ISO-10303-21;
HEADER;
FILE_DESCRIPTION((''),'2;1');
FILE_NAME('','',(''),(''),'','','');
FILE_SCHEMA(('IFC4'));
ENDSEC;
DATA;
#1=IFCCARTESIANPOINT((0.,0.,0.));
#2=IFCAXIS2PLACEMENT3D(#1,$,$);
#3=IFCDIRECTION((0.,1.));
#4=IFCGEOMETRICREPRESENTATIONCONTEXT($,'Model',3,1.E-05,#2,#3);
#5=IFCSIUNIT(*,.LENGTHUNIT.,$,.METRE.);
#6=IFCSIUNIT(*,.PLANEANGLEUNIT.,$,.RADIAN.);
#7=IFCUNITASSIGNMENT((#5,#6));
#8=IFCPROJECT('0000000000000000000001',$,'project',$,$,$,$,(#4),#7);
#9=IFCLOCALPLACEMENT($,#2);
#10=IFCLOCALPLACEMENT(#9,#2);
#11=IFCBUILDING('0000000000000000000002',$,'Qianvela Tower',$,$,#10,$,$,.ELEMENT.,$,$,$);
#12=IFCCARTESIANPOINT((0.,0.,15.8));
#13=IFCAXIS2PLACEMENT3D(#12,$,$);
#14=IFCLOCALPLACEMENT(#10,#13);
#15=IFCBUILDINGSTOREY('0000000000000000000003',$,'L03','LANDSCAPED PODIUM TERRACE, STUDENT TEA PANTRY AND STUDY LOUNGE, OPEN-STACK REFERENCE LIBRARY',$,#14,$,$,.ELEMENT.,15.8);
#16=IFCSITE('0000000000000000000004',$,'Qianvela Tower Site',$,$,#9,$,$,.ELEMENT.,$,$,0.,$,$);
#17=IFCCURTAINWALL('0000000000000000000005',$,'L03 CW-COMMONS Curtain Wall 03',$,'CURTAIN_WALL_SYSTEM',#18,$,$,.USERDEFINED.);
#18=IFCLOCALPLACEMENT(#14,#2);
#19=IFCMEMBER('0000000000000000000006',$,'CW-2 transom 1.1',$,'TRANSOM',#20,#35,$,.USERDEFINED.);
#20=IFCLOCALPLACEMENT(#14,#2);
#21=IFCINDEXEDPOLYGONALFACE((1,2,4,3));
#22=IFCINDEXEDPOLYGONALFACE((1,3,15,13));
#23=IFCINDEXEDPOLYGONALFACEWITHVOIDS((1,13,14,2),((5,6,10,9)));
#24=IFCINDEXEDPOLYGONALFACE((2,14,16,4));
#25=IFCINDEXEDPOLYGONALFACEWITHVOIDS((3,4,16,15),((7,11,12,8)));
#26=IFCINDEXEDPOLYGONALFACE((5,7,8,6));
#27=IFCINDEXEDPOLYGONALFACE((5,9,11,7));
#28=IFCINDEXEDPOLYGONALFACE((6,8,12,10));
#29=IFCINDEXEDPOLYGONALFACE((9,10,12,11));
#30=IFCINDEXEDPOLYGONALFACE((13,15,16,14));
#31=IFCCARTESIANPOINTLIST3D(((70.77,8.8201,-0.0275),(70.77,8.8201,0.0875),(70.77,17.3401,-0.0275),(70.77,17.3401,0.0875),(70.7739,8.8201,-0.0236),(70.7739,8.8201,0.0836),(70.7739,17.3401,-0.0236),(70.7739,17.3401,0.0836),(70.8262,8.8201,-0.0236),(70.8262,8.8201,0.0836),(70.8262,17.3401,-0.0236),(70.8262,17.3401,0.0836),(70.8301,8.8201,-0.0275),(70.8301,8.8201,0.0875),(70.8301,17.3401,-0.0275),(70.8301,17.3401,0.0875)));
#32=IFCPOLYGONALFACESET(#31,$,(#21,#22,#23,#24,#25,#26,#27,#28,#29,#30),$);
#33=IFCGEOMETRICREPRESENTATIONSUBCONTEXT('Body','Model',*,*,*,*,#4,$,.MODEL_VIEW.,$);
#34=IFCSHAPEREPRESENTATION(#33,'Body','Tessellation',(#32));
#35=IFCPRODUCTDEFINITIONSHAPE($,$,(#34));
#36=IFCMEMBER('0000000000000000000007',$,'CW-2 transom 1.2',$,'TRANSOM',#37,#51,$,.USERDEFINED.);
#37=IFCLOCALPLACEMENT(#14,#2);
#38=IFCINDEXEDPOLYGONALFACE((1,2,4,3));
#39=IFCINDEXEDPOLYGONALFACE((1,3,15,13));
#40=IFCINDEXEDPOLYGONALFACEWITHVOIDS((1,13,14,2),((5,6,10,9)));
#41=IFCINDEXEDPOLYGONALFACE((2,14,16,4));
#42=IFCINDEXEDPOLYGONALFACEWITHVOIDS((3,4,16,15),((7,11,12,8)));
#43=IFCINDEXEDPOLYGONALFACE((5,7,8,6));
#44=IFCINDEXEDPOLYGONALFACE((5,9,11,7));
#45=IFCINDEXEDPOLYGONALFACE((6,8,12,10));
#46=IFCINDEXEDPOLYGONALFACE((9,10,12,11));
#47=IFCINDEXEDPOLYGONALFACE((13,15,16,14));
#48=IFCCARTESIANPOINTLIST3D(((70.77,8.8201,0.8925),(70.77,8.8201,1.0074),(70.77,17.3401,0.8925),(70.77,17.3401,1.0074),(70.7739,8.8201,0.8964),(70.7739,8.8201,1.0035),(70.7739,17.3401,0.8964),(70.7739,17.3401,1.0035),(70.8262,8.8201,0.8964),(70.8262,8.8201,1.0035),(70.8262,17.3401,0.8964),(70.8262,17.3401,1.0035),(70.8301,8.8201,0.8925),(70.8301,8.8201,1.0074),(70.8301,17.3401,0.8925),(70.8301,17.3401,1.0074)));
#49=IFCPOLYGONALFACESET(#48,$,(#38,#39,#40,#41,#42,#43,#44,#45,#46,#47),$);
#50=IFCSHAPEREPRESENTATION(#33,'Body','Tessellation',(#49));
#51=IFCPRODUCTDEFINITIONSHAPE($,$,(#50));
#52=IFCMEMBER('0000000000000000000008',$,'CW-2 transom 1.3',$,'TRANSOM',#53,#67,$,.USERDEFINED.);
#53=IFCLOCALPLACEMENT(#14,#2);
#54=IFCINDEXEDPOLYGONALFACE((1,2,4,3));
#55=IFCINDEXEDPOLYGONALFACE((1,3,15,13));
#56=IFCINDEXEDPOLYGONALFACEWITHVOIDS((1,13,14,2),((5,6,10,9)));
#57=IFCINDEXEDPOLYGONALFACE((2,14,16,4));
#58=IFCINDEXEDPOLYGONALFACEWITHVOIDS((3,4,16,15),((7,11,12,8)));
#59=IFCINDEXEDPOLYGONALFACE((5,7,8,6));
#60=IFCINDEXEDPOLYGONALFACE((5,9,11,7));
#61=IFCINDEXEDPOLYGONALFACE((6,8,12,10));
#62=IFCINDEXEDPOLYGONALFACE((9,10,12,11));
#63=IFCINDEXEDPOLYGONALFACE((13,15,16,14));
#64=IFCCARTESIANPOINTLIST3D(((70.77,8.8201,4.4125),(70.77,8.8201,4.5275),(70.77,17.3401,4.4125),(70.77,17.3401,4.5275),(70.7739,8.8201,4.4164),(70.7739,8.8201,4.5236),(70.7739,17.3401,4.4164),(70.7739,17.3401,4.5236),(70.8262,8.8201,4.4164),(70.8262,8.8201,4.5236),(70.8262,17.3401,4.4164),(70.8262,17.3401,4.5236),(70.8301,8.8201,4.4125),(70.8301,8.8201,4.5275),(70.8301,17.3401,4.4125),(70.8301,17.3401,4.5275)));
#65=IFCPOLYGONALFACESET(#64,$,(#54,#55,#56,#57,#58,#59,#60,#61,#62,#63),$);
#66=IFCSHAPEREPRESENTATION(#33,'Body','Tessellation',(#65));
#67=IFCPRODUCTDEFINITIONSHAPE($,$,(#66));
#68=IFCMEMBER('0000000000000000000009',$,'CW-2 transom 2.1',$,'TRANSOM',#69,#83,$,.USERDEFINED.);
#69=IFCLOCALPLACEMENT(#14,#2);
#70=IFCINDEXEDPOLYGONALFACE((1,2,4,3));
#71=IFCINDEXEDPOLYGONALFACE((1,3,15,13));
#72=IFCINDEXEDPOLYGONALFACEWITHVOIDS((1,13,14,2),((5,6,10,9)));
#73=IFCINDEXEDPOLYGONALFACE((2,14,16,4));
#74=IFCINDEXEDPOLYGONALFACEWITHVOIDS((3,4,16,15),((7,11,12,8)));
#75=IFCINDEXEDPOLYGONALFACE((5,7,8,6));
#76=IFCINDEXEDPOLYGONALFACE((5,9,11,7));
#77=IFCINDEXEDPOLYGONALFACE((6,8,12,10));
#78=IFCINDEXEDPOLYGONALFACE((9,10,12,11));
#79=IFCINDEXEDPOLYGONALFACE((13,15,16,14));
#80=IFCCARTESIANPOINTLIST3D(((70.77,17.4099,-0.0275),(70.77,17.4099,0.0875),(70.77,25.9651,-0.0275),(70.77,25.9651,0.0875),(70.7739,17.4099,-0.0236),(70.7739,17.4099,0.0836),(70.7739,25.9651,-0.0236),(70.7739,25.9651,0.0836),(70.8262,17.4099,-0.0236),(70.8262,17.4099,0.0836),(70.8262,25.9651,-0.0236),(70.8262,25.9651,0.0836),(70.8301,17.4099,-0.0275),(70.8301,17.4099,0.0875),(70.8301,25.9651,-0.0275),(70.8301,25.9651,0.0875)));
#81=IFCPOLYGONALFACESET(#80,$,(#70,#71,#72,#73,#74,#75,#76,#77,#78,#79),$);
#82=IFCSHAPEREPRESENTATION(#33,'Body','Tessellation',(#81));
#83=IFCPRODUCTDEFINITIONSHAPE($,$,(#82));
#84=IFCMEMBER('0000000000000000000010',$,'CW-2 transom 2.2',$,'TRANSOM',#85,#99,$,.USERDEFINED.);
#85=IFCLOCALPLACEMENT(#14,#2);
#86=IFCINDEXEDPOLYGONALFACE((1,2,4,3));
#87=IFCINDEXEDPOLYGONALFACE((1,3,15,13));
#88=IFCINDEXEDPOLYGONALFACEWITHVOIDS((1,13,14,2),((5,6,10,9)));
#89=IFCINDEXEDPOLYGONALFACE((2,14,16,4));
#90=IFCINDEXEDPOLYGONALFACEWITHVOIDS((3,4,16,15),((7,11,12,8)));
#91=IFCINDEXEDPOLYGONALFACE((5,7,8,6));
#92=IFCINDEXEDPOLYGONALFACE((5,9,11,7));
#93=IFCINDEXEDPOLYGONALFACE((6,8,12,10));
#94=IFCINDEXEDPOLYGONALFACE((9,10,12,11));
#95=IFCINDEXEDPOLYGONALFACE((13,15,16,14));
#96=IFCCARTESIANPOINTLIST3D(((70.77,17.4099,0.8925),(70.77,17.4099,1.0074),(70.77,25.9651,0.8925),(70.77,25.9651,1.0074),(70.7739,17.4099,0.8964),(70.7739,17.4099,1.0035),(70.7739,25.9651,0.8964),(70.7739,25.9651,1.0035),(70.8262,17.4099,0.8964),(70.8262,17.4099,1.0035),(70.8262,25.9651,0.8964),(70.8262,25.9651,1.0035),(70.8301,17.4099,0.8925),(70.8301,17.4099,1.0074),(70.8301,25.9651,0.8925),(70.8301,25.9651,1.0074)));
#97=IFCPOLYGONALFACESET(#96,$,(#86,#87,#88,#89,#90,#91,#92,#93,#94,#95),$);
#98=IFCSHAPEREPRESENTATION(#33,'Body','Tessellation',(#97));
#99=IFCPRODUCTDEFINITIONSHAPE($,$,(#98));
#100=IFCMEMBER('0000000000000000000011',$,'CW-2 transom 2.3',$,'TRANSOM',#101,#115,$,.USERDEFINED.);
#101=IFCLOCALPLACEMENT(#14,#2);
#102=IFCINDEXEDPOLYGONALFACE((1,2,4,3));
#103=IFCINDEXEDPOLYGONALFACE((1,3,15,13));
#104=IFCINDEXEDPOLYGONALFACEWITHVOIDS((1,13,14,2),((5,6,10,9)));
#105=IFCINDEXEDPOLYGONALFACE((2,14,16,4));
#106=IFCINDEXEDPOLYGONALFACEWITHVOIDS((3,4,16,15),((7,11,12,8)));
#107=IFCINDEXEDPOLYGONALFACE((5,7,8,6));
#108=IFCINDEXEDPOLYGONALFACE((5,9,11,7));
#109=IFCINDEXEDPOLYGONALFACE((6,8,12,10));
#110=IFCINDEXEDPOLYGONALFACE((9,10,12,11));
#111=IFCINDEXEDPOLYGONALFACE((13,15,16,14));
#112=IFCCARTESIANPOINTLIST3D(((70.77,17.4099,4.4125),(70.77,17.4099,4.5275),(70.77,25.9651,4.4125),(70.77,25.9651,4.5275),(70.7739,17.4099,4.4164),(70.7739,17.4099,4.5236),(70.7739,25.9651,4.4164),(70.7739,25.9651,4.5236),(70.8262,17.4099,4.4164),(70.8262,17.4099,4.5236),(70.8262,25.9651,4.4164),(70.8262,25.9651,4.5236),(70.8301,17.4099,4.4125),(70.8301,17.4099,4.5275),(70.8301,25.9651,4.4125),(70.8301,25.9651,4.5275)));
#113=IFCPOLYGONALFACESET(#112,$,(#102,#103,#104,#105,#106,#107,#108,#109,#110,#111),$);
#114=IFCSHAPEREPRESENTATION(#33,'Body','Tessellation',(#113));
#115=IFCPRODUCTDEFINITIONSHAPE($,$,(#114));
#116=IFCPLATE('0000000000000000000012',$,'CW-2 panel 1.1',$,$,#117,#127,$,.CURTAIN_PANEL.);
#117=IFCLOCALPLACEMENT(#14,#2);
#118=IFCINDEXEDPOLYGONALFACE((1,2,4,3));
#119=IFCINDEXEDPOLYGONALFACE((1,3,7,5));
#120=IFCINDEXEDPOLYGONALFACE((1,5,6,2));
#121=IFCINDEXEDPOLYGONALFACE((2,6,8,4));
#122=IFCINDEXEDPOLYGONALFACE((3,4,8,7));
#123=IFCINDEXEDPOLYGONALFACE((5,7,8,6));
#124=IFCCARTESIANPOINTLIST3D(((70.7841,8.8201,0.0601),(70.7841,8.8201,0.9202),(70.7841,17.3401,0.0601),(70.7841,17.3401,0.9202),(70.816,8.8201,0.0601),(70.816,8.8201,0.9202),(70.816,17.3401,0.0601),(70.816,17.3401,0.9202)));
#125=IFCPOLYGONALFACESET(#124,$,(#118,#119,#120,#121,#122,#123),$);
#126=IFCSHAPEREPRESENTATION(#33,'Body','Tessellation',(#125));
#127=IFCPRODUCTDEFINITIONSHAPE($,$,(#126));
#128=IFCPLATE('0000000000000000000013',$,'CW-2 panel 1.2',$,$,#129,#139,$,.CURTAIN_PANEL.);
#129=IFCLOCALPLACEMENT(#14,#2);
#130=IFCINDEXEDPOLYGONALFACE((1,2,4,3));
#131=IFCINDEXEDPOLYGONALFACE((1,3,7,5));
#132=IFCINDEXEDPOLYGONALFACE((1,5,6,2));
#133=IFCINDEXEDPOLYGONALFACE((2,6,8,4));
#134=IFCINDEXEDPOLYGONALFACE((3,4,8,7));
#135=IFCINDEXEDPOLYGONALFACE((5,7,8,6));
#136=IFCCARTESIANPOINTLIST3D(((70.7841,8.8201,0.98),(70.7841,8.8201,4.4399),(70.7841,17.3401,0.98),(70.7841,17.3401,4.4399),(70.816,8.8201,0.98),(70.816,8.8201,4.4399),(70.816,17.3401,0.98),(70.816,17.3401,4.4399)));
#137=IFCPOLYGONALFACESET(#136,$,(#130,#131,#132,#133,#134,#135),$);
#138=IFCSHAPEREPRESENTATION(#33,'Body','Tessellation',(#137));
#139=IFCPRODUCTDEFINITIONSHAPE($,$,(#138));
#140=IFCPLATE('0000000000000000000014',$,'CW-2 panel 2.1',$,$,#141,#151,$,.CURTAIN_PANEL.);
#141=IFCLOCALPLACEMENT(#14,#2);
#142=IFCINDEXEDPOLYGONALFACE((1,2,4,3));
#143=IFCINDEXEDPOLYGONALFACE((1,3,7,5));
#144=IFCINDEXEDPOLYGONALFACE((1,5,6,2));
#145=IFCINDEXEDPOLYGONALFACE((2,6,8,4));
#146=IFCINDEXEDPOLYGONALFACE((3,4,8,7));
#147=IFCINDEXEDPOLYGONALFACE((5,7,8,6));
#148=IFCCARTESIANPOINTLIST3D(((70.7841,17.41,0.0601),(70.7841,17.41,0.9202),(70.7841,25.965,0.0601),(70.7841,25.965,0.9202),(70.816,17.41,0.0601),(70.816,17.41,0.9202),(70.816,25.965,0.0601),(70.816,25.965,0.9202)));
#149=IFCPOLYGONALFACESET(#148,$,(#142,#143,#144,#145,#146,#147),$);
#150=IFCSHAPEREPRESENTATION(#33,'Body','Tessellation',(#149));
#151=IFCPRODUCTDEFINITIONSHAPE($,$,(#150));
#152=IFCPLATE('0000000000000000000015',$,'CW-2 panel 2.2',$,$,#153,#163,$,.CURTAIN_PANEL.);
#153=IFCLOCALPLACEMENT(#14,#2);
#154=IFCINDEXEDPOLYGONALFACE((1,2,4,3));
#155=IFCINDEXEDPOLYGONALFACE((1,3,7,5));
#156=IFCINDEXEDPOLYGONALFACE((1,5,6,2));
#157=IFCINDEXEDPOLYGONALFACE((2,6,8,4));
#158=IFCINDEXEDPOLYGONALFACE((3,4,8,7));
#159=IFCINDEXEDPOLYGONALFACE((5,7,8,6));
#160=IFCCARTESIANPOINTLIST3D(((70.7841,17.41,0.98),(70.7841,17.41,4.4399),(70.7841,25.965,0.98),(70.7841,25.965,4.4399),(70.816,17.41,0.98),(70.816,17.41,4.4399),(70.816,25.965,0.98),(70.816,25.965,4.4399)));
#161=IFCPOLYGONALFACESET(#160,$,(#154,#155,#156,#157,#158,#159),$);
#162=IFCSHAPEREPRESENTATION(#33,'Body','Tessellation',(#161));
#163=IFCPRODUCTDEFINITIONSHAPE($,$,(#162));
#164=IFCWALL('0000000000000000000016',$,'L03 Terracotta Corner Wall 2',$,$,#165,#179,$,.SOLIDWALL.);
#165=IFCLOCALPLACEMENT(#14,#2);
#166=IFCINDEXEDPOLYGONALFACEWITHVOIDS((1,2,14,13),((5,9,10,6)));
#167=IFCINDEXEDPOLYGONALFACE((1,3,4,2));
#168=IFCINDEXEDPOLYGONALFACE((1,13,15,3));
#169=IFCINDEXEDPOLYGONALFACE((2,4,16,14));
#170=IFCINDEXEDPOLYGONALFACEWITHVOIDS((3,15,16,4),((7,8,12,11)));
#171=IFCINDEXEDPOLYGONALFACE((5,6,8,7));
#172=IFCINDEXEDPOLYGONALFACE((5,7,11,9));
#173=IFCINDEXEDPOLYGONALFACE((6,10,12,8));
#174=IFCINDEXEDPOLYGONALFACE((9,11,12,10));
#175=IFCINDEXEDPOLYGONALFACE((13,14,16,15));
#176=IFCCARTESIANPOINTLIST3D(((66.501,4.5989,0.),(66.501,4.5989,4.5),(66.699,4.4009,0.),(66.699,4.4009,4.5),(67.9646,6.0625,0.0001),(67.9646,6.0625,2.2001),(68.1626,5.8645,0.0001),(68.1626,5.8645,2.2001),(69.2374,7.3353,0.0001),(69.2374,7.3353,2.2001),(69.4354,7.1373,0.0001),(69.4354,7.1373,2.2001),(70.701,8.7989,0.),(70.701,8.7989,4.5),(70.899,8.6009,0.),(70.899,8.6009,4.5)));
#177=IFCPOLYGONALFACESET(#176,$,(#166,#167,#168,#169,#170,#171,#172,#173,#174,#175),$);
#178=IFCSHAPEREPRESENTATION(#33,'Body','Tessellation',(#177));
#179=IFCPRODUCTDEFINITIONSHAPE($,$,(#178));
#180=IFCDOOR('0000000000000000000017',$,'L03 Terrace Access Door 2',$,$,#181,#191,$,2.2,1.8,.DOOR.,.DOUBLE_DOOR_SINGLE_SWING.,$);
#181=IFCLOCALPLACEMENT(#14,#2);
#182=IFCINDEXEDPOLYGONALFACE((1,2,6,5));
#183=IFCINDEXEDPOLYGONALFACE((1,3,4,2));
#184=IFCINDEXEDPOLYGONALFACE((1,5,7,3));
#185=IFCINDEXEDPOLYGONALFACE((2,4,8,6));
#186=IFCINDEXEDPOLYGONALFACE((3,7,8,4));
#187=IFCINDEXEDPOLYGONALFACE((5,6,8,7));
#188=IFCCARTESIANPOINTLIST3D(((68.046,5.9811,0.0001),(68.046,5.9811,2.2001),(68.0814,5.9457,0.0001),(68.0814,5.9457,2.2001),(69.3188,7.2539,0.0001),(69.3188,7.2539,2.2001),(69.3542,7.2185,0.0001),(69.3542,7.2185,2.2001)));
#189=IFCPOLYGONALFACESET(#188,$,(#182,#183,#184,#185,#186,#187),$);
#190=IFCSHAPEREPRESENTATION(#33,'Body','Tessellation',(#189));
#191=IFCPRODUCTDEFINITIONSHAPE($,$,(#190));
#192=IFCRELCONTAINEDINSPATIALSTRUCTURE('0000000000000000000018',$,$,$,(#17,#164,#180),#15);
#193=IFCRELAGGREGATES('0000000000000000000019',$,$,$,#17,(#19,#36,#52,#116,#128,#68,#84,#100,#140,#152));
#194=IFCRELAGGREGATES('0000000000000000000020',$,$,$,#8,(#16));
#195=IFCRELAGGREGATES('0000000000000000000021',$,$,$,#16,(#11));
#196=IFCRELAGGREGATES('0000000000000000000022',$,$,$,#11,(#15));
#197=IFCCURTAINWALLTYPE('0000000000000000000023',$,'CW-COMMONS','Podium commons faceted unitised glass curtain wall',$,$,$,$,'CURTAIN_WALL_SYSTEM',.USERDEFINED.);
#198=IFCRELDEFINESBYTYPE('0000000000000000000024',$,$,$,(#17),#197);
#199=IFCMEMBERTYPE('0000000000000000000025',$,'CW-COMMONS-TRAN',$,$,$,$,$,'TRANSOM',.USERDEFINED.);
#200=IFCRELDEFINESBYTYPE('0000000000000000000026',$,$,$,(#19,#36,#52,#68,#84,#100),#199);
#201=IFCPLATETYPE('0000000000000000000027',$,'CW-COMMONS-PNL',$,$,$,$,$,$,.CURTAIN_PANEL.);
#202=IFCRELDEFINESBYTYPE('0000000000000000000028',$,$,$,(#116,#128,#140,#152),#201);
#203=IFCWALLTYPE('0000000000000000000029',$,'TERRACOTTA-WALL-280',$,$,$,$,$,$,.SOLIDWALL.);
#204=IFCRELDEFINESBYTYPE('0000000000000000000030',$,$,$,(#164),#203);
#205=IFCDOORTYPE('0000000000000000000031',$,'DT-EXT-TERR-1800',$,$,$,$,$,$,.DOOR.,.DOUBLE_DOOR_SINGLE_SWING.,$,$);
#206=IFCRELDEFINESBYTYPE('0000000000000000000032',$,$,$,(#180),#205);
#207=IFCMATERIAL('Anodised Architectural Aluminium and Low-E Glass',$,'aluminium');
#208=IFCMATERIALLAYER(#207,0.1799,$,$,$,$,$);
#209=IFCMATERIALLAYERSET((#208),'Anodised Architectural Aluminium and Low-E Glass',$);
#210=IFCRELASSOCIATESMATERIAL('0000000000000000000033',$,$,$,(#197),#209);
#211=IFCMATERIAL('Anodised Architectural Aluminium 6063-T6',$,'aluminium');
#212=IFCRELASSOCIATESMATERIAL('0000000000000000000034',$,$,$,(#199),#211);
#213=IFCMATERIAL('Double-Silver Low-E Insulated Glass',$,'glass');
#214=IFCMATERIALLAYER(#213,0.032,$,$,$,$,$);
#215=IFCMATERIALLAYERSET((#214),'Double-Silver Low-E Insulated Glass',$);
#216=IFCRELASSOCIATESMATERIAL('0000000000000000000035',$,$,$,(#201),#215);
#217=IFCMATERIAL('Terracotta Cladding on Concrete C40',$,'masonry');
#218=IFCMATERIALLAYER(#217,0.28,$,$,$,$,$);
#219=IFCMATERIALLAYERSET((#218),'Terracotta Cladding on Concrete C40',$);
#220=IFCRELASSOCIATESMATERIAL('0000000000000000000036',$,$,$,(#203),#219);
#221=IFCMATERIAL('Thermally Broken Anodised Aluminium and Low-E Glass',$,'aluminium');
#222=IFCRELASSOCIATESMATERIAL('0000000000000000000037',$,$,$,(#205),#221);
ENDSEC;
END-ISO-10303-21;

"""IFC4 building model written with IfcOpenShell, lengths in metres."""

from ifc_helpers import new_model, si_unit, direction, frame, frame_2d, origin, origin_2d, place, context, subcontext, project, spatial, rectangle, hollow_rectangle, extrude, material, layer, layer_set, material_profile, profile_set, type_object, element, fill, aggregate, save


model = new_model("IFC4")

# Units and contexts
model_context = context("Model", 3, precision=1e-05, world=origin(), true_north=direction((0.0, 1.0)))
body_context = subcontext(model_context, "Body", "Model", "MODEL_VIEW")
ifc_project = project(units=[si_unit("LENGTHUNIT", "METRE"), si_unit("PLANEANGLEUNIT", "RADIAN")], contexts=[model_context])

# Site, building, storey
site_placement = place(None, origin())
site = spatial("IfcSite", under=ifc_project, at=site_placement, Name="Qianvela Tower Site", CompositionType="ELEMENT", RefElevation=0.0)
building_placement = place(site_placement, origin())
building = spatial("IfcBuilding", under=site, at=building_placement, Name="Qianvela Tower", CompositionType="ELEMENT")
storey_placement = place(building_placement, frame((0.0, 0.0, 15.8)))
storey = spatial("IfcBuildingStorey", under=building, at=storey_placement, Name="L03", Description="LANDSCAPED PODIUM TERRACE, STUDENT TEA PANTRY AND STUDY LOUNGE, OPEN-STACK REFERENCE LIBRARY", CompositionType="ELEMENT", Elevation=15.8)

# Shared definitions
ifc_material_1 = material(Name="Anodised Architectural Aluminium and Low-E Glass", Category="aluminium")
ifc_layer_1 = layer(ifc_material_1, 0.1799)
ifc_layer_set_1 = layer_set([ifc_layer_1], Name="Anodised Architectural Aluminium and Low-E Glass")
curtain_wall_type = type_object("IfcCurtainWallType", Name="CW-COMMONS", Description="Podium commons faceted unitised glass curtain wall", ElementType="CURTAIN_WALL_SYSTEM", PredefinedType="USERDEFINED", material=ifc_layer_set_1)

# Curtain wall, members, plates
curtain_wall_1_placement = place(storey_placement, origin())
curtain_wall_1 = element("IfcCurtainWall", 1, at=curtain_wall_1_placement, inside=storey, type_object=curtain_wall_type, Name="L03 CW-COMMONS Curtain Wall 03", ObjectType="CURTAIN_WALL_SYSTEM", PredefinedType="USERDEFINED")
ifc_material_2 = material(Name="Anodised Architectural Aluminium 6063-T6", Category="aluminium")
ifc_material_profile_1 = material_profile(ifc_material_2, hollow_rectangle(XDim=0.0601, YDim=0.115, WallThickness=0.0039, at=origin_2d()), Name="ALU-TRAN-60x115")
ifc_profile_set_1 = profile_set([ifc_material_profile_1], Name="Anodised Architectural Aluminium 6063-T6")
member_type_1 = type_object("IfcMemberType", Name="CW-COMMONS-TRAN", ElementType="TRANSOM", PredefinedType="USERDEFINED", material=ifc_profile_set_1)
member_1_placement = place(storey_placement, frame((70.8, 8.8201, 0.03), z_axis=(0.0, 1.0, 0.0), x_axis=(-1.0, 0.0, 0.0)))
member_1 = element("IfcMember", 2, at=member_1_placement, type_object=member_type_1, Name="CW-2 transom 1.1", ObjectType="TRANSOM", PredefinedType="USERDEFINED", context=body_context, shape_type="SweptSolid", body=[
    extrude(hollow_rectangle(XDim=0.0601, YDim=0.115, WallThickness=0.0039, at=origin_2d()), origin(), (0.0, 0.0, 1.0), 8.52),
])
member_2_placement = place(storey_placement, frame((70.8, 8.8201, 0.95), z_axis=(0.0, 1.0, 0.0), x_axis=(-1.0, 0.0, 0.0)))
member_2 = element("IfcMember", 3, at=member_2_placement, type_object=member_type_1, Name="CW-2 transom 1.2", ObjectType="TRANSOM", PredefinedType="USERDEFINED", context=body_context, shape_type="SweptSolid", body=[
    extrude(hollow_rectangle(XDim=0.0601, YDim=0.115, WallThickness=0.0039, at=origin_2d()), origin(), (0.0, 0.0, 1.0), 8.52),
])
member_3_placement = place(storey_placement, frame((70.8, 8.8201, 4.47), z_axis=(0.0, 1.0, 0.0), x_axis=(-1.0, 0.0, 0.0)))
member_3 = element("IfcMember", 4, at=member_3_placement, type_object=member_type_1, Name="CW-2 transom 1.3", ObjectType="TRANSOM", PredefinedType="USERDEFINED", context=body_context, shape_type="SweptSolid", body=[
    extrude(hollow_rectangle(XDim=0.0601, YDim=0.115, WallThickness=0.0039, at=origin_2d()), origin(), (0.0, 0.0, 1.0), 8.52),
])
member_4_placement = place(storey_placement, frame((70.8, 17.4099, 0.03), z_axis=(0.0, 1.0, 0.0), x_axis=(-1.0, 0.0, 0.0)))
member_4 = element("IfcMember", 5, at=member_4_placement, type_object=member_type_1, Name="CW-2 transom 2.1", ObjectType="TRANSOM", PredefinedType="USERDEFINED", context=body_context, shape_type="SweptSolid", body=[
    extrude(hollow_rectangle(XDim=0.0601, YDim=0.115, WallThickness=0.0039, at=origin_2d()), origin(), (0.0, 0.0, 1.0), 8.5552),
])
member_5_placement = place(storey_placement, frame((70.8, 17.4099, 0.95), z_axis=(0.0, 1.0, 0.0), x_axis=(-1.0, 0.0, 0.0)))
member_5 = element("IfcMember", 6, at=member_5_placement, type_object=member_type_1, Name="CW-2 transom 2.2", ObjectType="TRANSOM", PredefinedType="USERDEFINED", context=body_context, shape_type="SweptSolid", body=[
    extrude(hollow_rectangle(XDim=0.0601, YDim=0.115, WallThickness=0.0039, at=origin_2d()), origin(), (0.0, 0.0, 1.0), 8.5552),
])
member_6_placement = place(storey_placement, frame((70.8, 17.4099, 4.47), z_axis=(0.0, 1.0, 0.0), x_axis=(-1.0, 0.0, 0.0)))
member_6 = element("IfcMember", 7, at=member_6_placement, type_object=member_type_1, Name="CW-2 transom 2.3", ObjectType="TRANSOM", PredefinedType="USERDEFINED", context=body_context, shape_type="SweptSolid", body=[
    extrude(hollow_rectangle(XDim=0.0601, YDim=0.115, WallThickness=0.0039, at=origin_2d()), origin(), (0.0, 0.0, 1.0), 8.5552),
])
ifc_material_3 = material(Name="Double-Silver Low-E Insulated Glass", Category="glass")
ifc_layer_2 = layer(ifc_material_3, 0.032)
ifc_layer_set_2 = layer_set([ifc_layer_2], Name="Double-Silver Low-E Insulated Glass")
plate_type = type_object("IfcPlateType", Name="CW-COMMONS-PNL", PredefinedType="CURTAIN_PANEL", material=ifc_layer_set_2)
plate_1_placement = place(storey_placement, frame((70.8, 13.0801, 0.0601), z_axis=(0.0, 0.0, 1.0), x_axis=(0.0, 1.0, 0.0)))
plate_1 = element("IfcPlate", 8, at=plate_1_placement, type_object=plate_type, Name="CW-2 panel 1.1", PredefinedType="CURTAIN_PANEL", context=body_context, shape_type="SweptSolid", body=[
    extrude(rectangle(XDim=8.52, YDim=0.032, at=origin_2d()), origin(), (0.0, 0.0, 1.0), 0.8601),
])
plate_2_placement = place(storey_placement, frame((70.8, 13.0801, 0.98), z_axis=(0.0, 0.0, 1.0), x_axis=(0.0, 1.0, 0.0)))
plate_2 = element("IfcPlate", 9, at=plate_2_placement, type_object=plate_type, Name="CW-2 panel 1.2", PredefinedType="CURTAIN_PANEL", context=body_context, shape_type="SweptSolid", body=[
    extrude(rectangle(XDim=8.52, YDim=0.032, at=origin_2d()), origin(), (0.0, 0.0, 1.0), 3.46),
])
plate_3_placement = place(storey_placement, frame((70.8, 21.6875, 0.0601), z_axis=(0.0, 0.0, 1.0), x_axis=(0.0, 1.0, 0.0)))
plate_3 = element("IfcPlate", 10, at=plate_3_placement, type_object=plate_type, Name="CW-2 panel 2.1", PredefinedType="CURTAIN_PANEL", context=body_context, shape_type="SweptSolid", body=[
    extrude(rectangle(XDim=8.5549, YDim=0.032, at=origin_2d()), origin(), (0.0, 0.0, 1.0), 0.8601),
])
plate_4_placement = place(storey_placement, frame((70.8, 21.6875, 0.98), z_axis=(0.0, 0.0, 1.0), x_axis=(0.0, 1.0, 0.0)))
plate_4 = element("IfcPlate", 11, at=plate_4_placement, type_object=plate_type, Name="CW-2 panel 2.2", PredefinedType="CURTAIN_PANEL", context=body_context, shape_type="SweptSolid", body=[
    extrude(rectangle(XDim=8.5549, YDim=0.032, at=origin_2d()), origin(), (0.0, 0.0, 1.0), 3.46),
])
aggregate(curtain_wall_1, [member_1, member_2, member_3, plate_1, plate_2, member_4, member_5, member_6, plate_3, plate_4])

# Wall, opening, door
ifc_material_4 = material(Name="Terracotta Cladding on Concrete C40", Category="masonry")
ifc_layer_3 = layer(ifc_material_4, 0.28)
ifc_layer_set_3 = layer_set([ifc_layer_3], Name="Terracotta Cladding on Concrete C40")
wall_type_1 = type_object("IfcWallType", Name="TERRACOTTA-WALL-280", PredefinedType="SOLIDWALL", material=ifc_layer_set_3)
wall_1_placement = place(storey_placement, frame((66.6001, 4.5, 0.0), z_axis=(0.0, 0.0, 1.0), x_axis=(0.707107, 0.707107, 0.0)))
wall_1 = element("IfcWall", 12, at=wall_1_placement, inside=storey, type_object=wall_type_1, Name="L03 Terracotta Corner Wall 2", PredefinedType="SOLIDWALL", context=body_context, shape_type="SweptSolid", body=[
    extrude(rectangle(XDim=5.9397, YDim=0.28, at=frame_2d((2.9697, 0.0))), origin(), (0.0, 0.0, 1.0), 4.5),
])
opening_1_placement = place(wall_1_placement, frame((2.0698, 0.0, 0.0)))
opening_1 = element("IfcOpeningElement", 13, at=opening_1_placement, cuts=wall_1, PredefinedType="OPENING", context=body_context, shape_type="SweptSolid", body=[
    extrude(rectangle(XDim=1.8, YDim=2.2, at=frame_2d((0.8999, 1.1001))), frame((0.0, 0.1499, 0.0), z_axis=(0.0, -1.0, 0.0), x_axis=(1.0, 0.0, 0.0)), (0.0, 0.0, 1.0), 0.3),
])
ifc_material_5 = material(Name="Thermally Broken Anodised Aluminium and Low-E Glass", Category="aluminium")
door_type_1 = type_object("IfcDoorType", Name="DT-EXT-TERR-1800", OperationType="DOUBLE_DOOR_SINGLE_SWING", PredefinedType="DOOR", material=ifc_material_5)
door_1_placement = place(opening_1_placement, origin())
door_1 = element("IfcDoor", 14, at=door_1_placement, inside=storey, type_object=door_type_1, Name="L03 Terrace Access Door 2", OperationType="DOUBLE_DOOR_SINGLE_SWING", OverallHeight=2.2, OverallWidth=1.8, PredefinedType="DOOR", context=body_context, shape_type="SweptSolid", body=[
    extrude(rectangle(XDim=1.8, YDim=2.2, at=frame_2d((0.8999, 1.1001))), frame((0.0, 0.0249, 0.0), z_axis=(0.0, -1.0, 0.0), x_axis=(1.0, 0.0, 0.0)), (0.0, 0.0, 1.0), 0.05),
])
fill(opening_1, door_1)

save(model, "model.ifc")
